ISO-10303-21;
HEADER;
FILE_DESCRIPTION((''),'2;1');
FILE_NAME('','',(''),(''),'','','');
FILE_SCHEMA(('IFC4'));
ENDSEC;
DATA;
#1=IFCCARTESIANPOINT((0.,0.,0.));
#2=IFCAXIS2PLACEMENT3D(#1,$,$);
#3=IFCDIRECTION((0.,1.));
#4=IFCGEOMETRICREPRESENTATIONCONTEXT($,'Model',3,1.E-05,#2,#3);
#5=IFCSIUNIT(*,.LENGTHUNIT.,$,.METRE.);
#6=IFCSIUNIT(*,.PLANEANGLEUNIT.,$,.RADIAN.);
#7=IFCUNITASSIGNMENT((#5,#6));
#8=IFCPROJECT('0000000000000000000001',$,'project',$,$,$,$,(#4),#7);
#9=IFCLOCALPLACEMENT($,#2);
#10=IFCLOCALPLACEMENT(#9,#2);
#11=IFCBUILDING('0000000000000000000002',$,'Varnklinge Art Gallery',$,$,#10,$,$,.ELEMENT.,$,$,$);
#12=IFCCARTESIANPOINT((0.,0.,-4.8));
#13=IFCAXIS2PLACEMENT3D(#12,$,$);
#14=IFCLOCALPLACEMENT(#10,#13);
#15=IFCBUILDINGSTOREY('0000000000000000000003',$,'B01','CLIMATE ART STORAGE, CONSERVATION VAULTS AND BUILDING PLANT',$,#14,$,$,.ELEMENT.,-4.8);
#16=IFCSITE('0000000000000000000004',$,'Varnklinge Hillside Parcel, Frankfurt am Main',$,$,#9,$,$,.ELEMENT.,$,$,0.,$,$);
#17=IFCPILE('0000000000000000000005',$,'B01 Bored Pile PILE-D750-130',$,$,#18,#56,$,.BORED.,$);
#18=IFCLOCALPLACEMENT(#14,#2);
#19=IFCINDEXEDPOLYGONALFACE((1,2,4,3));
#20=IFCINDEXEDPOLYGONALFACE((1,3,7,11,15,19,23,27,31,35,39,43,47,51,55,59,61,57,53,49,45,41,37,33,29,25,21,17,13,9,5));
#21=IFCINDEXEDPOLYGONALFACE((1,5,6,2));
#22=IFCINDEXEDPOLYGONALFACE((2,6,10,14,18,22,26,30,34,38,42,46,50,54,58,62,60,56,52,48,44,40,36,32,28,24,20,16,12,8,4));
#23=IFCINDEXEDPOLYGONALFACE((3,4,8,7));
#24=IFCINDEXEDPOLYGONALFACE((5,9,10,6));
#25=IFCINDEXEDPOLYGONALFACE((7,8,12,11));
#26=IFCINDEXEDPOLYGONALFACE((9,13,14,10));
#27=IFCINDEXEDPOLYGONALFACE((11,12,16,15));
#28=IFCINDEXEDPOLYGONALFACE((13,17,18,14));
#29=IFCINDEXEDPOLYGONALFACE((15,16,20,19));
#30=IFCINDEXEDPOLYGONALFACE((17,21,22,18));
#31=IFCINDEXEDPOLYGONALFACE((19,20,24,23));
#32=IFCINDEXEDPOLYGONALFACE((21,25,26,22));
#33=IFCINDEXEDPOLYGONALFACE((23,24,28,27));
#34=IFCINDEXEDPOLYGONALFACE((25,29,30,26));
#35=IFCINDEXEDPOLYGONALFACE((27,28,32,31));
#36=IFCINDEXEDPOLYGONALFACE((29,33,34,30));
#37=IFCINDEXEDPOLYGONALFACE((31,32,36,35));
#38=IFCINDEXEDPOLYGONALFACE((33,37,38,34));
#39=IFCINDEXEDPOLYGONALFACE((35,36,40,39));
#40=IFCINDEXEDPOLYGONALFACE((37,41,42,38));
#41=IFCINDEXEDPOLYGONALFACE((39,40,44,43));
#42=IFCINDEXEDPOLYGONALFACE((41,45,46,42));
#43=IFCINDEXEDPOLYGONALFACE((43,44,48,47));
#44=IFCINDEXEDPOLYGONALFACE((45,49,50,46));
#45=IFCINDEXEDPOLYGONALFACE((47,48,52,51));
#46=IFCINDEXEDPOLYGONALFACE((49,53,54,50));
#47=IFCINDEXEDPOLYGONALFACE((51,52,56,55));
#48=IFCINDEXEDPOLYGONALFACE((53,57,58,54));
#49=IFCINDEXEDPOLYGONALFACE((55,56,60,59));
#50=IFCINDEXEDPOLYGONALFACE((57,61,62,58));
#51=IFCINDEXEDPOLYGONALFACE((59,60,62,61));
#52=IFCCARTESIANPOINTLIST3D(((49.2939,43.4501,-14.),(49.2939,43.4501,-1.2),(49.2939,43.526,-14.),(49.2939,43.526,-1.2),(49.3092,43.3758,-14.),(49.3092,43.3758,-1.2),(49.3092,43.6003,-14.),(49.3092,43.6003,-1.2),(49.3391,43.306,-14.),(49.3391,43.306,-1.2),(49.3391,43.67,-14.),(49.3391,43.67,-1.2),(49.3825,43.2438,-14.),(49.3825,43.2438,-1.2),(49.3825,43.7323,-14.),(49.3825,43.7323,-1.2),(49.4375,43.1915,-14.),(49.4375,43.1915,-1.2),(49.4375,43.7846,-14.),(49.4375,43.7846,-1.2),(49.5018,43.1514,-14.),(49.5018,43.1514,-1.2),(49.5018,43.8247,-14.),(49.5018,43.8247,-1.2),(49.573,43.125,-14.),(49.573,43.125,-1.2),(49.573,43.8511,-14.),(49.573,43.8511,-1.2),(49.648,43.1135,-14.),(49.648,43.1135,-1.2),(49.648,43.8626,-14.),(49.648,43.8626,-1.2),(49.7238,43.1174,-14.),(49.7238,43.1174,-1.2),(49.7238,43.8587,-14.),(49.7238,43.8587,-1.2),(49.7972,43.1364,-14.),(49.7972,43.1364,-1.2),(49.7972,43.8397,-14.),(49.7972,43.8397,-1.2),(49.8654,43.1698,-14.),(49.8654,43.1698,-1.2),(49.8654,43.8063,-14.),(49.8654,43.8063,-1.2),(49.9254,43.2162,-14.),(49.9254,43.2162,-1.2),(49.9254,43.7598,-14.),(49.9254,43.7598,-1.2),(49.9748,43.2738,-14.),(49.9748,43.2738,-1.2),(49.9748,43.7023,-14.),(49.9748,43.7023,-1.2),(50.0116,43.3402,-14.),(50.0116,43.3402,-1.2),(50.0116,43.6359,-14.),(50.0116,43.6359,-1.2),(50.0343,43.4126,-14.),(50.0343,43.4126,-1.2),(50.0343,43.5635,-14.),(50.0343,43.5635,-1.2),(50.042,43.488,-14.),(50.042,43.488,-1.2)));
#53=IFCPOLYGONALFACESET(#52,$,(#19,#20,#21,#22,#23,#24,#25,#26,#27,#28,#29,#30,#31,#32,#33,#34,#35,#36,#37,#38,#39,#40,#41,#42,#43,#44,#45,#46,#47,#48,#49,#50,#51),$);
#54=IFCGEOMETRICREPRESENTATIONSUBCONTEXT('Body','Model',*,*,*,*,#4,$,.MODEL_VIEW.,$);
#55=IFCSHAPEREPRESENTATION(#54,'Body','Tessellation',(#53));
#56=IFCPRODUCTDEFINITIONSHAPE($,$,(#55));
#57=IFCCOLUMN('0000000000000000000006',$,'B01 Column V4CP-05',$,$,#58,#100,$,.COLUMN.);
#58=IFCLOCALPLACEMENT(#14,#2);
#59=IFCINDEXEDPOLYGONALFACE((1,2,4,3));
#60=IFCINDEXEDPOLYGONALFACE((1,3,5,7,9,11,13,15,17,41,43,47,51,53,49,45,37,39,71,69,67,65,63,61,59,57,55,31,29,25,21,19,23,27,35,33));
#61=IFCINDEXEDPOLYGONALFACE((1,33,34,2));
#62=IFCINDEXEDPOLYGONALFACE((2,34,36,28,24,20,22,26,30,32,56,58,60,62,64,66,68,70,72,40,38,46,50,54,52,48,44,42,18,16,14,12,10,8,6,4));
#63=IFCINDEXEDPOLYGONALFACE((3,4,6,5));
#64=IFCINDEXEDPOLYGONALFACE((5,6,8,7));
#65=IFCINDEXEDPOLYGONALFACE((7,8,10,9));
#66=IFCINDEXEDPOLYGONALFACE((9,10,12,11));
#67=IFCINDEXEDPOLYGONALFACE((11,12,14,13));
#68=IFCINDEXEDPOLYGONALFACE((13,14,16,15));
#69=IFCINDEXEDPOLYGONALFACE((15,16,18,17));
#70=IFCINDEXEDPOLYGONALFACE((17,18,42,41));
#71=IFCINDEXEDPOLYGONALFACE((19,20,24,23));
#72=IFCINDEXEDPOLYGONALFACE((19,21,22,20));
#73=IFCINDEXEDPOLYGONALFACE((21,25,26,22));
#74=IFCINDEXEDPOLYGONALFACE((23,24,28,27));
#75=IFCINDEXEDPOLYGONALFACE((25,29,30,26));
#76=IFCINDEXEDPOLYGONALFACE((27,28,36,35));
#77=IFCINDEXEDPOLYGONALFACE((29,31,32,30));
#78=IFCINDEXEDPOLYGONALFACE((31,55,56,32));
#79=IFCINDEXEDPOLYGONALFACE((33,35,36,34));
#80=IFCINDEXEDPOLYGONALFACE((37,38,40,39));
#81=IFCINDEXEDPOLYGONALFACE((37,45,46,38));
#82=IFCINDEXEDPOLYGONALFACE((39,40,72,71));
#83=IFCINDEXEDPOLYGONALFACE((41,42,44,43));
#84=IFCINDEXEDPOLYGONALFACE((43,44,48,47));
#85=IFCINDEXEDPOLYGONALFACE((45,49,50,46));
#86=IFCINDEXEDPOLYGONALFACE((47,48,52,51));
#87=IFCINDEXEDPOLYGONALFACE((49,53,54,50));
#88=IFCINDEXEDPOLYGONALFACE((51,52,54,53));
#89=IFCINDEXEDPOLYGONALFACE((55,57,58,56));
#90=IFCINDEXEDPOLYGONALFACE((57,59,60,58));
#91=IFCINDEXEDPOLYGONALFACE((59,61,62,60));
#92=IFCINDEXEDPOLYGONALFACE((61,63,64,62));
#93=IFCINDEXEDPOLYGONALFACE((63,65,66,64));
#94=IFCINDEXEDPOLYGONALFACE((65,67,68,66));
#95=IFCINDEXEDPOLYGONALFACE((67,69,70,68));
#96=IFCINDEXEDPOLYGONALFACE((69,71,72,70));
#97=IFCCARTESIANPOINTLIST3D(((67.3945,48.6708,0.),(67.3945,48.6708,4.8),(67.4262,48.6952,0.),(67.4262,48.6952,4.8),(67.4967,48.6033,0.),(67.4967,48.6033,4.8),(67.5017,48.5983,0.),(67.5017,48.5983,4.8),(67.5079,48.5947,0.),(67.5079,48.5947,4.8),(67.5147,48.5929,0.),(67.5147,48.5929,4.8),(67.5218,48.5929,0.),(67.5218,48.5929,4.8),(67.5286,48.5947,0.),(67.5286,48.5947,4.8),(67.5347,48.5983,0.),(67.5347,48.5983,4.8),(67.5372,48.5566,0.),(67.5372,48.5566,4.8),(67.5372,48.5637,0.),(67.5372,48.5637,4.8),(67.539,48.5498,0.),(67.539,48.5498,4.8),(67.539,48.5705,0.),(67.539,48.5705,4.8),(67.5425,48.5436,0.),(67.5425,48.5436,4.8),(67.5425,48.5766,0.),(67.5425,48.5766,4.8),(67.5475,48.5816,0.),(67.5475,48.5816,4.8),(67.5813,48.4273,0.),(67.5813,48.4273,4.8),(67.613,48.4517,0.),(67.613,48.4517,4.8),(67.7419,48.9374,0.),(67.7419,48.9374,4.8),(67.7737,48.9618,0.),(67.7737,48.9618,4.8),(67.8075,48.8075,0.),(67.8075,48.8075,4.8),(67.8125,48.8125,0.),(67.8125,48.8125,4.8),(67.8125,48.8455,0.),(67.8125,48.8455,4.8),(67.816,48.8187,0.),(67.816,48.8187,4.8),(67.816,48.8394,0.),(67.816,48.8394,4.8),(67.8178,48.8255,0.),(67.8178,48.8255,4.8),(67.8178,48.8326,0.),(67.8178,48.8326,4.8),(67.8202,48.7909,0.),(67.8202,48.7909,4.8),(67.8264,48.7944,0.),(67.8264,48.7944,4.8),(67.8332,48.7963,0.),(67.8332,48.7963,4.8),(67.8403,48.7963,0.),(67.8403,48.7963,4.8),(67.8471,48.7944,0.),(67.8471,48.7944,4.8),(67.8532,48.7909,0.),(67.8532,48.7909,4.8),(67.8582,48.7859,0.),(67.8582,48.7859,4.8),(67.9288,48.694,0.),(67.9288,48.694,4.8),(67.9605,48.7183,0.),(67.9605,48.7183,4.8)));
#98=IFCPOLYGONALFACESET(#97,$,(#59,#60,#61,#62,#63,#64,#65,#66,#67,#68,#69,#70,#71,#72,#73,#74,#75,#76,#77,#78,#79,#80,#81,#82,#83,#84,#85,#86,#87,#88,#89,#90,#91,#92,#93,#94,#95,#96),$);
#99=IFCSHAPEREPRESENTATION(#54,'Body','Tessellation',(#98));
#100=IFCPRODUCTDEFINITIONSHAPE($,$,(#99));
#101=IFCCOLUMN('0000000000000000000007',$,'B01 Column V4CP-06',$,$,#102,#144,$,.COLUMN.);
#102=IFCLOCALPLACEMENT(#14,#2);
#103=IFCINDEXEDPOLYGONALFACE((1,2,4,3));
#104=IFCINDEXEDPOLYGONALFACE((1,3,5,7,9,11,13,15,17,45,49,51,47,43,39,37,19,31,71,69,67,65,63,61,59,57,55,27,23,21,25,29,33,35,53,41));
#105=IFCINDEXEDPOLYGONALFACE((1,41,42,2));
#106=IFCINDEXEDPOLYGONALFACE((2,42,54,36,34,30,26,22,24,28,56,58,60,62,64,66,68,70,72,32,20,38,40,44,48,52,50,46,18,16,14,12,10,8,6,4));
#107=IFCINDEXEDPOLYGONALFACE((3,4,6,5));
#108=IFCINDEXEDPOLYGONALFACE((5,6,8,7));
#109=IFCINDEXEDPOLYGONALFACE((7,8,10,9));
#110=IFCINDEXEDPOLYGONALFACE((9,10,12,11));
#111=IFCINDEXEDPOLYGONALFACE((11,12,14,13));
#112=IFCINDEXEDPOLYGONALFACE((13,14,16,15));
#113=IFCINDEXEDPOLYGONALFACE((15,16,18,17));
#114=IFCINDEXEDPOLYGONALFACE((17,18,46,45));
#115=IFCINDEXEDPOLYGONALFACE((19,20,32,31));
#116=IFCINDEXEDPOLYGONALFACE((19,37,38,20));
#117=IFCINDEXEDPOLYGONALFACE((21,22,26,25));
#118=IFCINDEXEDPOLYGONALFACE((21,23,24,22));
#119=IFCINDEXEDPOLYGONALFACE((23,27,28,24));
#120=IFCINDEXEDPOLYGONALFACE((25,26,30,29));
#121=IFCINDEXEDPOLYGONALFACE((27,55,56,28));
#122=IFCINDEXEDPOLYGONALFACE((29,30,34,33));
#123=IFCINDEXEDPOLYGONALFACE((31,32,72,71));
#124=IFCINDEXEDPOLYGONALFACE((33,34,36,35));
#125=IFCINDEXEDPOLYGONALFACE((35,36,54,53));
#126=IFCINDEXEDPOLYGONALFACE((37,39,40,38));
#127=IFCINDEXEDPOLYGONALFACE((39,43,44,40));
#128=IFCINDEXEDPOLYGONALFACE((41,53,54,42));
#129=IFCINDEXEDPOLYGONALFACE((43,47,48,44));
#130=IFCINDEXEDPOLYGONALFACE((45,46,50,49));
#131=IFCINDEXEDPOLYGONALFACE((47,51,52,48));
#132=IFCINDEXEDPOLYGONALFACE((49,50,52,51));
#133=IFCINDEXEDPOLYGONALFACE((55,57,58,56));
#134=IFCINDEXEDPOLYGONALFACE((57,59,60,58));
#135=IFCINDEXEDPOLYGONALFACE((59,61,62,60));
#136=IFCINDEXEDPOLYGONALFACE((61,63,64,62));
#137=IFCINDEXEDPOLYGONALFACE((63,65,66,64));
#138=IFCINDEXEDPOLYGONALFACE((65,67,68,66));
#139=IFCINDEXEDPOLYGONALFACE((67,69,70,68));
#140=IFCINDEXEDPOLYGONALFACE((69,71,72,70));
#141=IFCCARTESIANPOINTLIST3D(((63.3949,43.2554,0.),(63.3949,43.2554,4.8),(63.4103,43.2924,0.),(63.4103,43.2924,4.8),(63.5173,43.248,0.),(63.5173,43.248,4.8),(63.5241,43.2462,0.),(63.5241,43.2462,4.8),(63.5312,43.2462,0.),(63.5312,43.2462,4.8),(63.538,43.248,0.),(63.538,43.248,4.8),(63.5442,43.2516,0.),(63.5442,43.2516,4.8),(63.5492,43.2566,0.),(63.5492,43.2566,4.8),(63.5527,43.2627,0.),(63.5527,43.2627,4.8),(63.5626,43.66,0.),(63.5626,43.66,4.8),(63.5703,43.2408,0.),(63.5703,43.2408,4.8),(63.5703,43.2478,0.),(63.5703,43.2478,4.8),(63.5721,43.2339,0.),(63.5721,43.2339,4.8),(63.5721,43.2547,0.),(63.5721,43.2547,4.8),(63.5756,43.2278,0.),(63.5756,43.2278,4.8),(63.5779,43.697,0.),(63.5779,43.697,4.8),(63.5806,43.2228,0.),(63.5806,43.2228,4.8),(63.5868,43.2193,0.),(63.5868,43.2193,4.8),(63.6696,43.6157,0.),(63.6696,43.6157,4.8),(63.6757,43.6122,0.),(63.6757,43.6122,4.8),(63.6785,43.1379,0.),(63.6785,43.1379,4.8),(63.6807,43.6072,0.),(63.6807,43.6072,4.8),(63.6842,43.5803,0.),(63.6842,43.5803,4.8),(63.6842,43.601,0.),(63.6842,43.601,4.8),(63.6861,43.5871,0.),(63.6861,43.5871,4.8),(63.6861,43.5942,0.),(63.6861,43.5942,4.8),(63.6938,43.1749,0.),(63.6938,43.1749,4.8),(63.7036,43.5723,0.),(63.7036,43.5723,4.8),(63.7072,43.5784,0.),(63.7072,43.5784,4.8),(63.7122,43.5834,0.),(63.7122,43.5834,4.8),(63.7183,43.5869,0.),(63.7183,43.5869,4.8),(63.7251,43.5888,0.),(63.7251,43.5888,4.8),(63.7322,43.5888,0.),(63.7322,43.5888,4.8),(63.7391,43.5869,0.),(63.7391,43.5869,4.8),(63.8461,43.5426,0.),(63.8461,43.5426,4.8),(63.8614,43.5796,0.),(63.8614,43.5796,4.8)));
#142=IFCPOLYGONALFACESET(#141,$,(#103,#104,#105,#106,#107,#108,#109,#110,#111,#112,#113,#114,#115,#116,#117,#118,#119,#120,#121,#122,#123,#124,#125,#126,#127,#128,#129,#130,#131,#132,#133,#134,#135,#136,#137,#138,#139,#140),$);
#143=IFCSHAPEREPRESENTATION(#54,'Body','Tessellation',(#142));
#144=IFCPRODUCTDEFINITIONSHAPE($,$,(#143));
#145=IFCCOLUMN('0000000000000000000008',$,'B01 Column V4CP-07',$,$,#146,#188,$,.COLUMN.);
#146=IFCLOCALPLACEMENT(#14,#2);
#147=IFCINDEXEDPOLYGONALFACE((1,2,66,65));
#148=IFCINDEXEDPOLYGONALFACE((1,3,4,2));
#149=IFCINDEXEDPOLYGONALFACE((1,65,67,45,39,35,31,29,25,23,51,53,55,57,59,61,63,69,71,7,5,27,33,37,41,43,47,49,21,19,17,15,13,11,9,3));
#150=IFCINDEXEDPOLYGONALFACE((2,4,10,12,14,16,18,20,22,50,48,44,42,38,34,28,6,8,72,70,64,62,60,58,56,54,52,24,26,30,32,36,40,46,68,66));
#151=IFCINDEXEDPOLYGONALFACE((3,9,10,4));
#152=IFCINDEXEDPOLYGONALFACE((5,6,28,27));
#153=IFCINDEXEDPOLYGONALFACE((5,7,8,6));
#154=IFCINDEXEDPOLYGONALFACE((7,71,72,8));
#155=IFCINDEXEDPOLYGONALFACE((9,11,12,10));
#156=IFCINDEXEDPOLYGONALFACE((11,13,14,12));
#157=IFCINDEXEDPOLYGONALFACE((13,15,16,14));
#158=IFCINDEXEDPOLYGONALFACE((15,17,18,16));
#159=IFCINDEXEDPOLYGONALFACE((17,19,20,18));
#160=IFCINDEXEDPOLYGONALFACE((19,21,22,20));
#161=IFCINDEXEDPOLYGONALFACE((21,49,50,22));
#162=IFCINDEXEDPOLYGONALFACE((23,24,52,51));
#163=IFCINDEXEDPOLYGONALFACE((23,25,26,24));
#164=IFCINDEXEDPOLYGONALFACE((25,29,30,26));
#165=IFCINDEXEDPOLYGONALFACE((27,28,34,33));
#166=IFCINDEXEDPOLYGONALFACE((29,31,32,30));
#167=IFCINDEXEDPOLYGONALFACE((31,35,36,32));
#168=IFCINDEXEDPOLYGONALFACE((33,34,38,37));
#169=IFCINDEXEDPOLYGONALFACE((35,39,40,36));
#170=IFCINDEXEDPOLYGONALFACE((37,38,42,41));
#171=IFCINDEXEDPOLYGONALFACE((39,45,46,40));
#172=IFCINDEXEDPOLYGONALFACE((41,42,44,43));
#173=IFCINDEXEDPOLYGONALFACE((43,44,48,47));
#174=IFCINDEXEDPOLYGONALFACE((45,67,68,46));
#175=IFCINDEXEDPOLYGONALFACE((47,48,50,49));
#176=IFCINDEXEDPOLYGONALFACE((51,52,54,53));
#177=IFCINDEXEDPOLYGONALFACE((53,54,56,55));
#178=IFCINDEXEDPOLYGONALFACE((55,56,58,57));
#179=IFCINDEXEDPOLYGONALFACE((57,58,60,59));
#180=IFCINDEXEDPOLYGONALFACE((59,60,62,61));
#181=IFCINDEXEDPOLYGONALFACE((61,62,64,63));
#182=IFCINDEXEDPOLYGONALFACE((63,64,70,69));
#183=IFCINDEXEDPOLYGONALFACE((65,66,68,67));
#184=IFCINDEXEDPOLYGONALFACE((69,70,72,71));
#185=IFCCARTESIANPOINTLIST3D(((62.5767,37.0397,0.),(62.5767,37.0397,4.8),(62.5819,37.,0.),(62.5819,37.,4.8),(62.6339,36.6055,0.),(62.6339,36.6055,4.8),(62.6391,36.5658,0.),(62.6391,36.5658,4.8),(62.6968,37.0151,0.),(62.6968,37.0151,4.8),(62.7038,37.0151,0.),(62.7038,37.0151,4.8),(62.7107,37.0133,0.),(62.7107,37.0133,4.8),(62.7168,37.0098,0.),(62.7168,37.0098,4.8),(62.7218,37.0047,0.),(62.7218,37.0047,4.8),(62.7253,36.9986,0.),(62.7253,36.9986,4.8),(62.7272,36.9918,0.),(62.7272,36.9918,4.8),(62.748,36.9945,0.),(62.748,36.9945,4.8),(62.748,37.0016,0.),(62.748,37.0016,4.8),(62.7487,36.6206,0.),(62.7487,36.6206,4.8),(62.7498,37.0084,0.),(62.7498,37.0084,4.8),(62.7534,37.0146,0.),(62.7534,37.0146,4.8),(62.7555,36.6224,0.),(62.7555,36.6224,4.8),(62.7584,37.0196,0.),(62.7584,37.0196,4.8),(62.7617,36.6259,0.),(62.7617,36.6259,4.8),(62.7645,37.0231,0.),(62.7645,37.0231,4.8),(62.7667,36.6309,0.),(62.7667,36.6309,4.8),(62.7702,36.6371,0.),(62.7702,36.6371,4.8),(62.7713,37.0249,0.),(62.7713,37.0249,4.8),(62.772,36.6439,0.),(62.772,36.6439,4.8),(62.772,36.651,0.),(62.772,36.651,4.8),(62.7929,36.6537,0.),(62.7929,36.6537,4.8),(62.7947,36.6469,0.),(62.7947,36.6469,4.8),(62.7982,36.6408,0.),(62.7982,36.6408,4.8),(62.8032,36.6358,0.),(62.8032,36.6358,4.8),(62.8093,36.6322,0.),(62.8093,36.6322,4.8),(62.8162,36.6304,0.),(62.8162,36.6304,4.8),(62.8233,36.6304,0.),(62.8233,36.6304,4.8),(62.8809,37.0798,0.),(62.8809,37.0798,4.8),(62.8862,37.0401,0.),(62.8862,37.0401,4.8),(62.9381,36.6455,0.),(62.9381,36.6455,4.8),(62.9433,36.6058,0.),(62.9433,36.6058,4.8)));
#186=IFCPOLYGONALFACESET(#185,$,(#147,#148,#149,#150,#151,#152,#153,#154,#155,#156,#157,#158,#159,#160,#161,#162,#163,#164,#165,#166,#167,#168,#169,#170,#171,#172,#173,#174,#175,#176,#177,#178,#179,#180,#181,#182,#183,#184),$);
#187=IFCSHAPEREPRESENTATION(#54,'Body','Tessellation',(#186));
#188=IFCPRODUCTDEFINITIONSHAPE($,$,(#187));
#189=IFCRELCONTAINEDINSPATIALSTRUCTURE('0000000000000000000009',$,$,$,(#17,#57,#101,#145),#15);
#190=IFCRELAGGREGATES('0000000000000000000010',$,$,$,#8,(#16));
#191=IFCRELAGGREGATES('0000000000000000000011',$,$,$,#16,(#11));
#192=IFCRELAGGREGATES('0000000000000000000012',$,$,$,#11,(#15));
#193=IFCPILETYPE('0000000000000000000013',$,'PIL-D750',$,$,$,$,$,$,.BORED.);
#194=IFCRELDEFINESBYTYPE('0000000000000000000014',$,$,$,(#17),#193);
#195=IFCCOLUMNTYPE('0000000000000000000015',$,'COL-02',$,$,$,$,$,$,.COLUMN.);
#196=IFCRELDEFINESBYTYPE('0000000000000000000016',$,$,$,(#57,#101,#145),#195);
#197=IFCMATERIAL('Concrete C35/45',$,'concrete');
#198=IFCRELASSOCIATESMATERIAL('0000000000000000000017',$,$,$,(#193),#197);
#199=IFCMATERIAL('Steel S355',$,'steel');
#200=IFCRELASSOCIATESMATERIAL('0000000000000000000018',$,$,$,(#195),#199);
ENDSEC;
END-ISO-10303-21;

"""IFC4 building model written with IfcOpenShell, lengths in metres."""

from ifc_helpers import new_model, si_unit, direction, frame, origin, origin_2d, place, context, subcontext, project, spatial, circle, i_section, extrude, material, material_profile, profile_set, type_object, element, save


model = new_model("IFC4")

# Units and contexts
model_context = context("Model", 3, precision=1e-05, world=origin(), true_north=direction((0.0, 1.0)))
body_context = subcontext(model_context, "Body", "Model", "MODEL_VIEW")
ifc_project = project(units=[si_unit("LENGTHUNIT", "METRE"), si_unit("PLANEANGLEUNIT", "RADIAN")], contexts=[model_context])

# Site, building, storey
site_placement = place(None, origin())
site = spatial("IfcSite", under=ifc_project, at=site_placement, Name="Varnklinge Hillside Parcel, Frankfurt am Main", CompositionType="ELEMENT", RefElevation=0.0)
building_placement = place(site_placement, origin())
building = spatial("IfcBuilding", under=site, at=building_placement, Name="Varnklinge Art Gallery", CompositionType="ELEMENT")
storey_placement = place(building_placement, frame((0.0, 0.0, -4.8)))
storey = spatial("IfcBuildingStorey", under=building, at=storey_placement, Name="B01", Description="CLIMATE ART STORAGE, CONSERVATION VAULTS AND BUILDING PLANT", CompositionType="ELEMENT", Elevation=-4.8)

# Pile
ifc_material_1 = material(Name="Concrete C35/45", Category="concrete")
ifc_material_profile_1 = material_profile(ifc_material_1, circle(Radius=0.375, at=origin_2d()), Name="PILE D750")
ifc_profile_set_1 = profile_set([ifc_material_profile_1], Name="Concrete C35/45")
pile_type_1 = type_object("IfcPileType", Name="PIL-D750", PredefinedType="BORED", material=ifc_profile_set_1)
for number, where, z_axis, x_axis, name in (
    (1, (49.667, 43.488, -1.2), (0.0, 0.0, -1.0), (1.0, 0.0, 0.0), "B01 Bored Pile PILE-D750-130"),
):
    element("IfcPile", number, at=place(storey_placement, frame(where, z_axis=z_axis, x_axis=x_axis)), inside=storey, type_object=pile_type_1, Name=name, PredefinedType="BORED", context=body_context, shape_type="SweptSolid", body=[
        extrude(circle(Radius=0.375, at=origin_2d()), origin(), (0.0, 0.0, 1.0), 12.8),
    ])

# Columns
ifc_material_2 = material(Name="Steel S355", Category="steel")
ifc_material_profile_2 = material_profile(ifc_material_2, i_section(OverallWidth=0.3069, OverallDepth=0.478, WebThickness=0.021, FlangeThickness=0.04, FilletRadius=0.0271, at=origin_2d()), Name="HEM 450")
ifc_profile_set_2 = profile_set([ifc_material_profile_2], Name="Steel S355")
column_type_1 = type_object("IfcColumnType", Name="COL-02", PredefinedType="COLUMN", material=ifc_profile_set_2)
for number, where, z_axis, x_axis, name in (
    (2, (67.6775, 48.6946, 0.0), (0.0, 0.0, 1.0), (-0.608761, 0.793353, 0.0), "B01 Column V4CP-05"),
    (3, (63.6282, 43.4175, 0.0), (0.0, 0.0, 1.0), (-0.92388, 0.382683, 0.0), "B01 Column V4CP-06"),
    (4, (62.76, 36.8228, 0.0), (0.0, 0.0, 1.0), (-0.991445, -0.130526, 0.0), "B01 Column V4CP-07"),
):
    element("IfcColumn", number, at=place(storey_placement, frame(where, z_axis=z_axis, x_axis=x_axis)), inside=storey, type_object=column_type_1, Name=name, PredefinedType="COLUMN", context=body_context, shape_type="SweptSolid", body=[
        extrude(i_section(OverallWidth=0.3069, OverallDepth=0.478, WebThickness=0.021, FlangeThickness=0.04, FilletRadius=0.0271, at=origin_2d()), origin(), (0.0, 0.0, 1.0), 4.8),
    ])

save(model, "model.ifc")
